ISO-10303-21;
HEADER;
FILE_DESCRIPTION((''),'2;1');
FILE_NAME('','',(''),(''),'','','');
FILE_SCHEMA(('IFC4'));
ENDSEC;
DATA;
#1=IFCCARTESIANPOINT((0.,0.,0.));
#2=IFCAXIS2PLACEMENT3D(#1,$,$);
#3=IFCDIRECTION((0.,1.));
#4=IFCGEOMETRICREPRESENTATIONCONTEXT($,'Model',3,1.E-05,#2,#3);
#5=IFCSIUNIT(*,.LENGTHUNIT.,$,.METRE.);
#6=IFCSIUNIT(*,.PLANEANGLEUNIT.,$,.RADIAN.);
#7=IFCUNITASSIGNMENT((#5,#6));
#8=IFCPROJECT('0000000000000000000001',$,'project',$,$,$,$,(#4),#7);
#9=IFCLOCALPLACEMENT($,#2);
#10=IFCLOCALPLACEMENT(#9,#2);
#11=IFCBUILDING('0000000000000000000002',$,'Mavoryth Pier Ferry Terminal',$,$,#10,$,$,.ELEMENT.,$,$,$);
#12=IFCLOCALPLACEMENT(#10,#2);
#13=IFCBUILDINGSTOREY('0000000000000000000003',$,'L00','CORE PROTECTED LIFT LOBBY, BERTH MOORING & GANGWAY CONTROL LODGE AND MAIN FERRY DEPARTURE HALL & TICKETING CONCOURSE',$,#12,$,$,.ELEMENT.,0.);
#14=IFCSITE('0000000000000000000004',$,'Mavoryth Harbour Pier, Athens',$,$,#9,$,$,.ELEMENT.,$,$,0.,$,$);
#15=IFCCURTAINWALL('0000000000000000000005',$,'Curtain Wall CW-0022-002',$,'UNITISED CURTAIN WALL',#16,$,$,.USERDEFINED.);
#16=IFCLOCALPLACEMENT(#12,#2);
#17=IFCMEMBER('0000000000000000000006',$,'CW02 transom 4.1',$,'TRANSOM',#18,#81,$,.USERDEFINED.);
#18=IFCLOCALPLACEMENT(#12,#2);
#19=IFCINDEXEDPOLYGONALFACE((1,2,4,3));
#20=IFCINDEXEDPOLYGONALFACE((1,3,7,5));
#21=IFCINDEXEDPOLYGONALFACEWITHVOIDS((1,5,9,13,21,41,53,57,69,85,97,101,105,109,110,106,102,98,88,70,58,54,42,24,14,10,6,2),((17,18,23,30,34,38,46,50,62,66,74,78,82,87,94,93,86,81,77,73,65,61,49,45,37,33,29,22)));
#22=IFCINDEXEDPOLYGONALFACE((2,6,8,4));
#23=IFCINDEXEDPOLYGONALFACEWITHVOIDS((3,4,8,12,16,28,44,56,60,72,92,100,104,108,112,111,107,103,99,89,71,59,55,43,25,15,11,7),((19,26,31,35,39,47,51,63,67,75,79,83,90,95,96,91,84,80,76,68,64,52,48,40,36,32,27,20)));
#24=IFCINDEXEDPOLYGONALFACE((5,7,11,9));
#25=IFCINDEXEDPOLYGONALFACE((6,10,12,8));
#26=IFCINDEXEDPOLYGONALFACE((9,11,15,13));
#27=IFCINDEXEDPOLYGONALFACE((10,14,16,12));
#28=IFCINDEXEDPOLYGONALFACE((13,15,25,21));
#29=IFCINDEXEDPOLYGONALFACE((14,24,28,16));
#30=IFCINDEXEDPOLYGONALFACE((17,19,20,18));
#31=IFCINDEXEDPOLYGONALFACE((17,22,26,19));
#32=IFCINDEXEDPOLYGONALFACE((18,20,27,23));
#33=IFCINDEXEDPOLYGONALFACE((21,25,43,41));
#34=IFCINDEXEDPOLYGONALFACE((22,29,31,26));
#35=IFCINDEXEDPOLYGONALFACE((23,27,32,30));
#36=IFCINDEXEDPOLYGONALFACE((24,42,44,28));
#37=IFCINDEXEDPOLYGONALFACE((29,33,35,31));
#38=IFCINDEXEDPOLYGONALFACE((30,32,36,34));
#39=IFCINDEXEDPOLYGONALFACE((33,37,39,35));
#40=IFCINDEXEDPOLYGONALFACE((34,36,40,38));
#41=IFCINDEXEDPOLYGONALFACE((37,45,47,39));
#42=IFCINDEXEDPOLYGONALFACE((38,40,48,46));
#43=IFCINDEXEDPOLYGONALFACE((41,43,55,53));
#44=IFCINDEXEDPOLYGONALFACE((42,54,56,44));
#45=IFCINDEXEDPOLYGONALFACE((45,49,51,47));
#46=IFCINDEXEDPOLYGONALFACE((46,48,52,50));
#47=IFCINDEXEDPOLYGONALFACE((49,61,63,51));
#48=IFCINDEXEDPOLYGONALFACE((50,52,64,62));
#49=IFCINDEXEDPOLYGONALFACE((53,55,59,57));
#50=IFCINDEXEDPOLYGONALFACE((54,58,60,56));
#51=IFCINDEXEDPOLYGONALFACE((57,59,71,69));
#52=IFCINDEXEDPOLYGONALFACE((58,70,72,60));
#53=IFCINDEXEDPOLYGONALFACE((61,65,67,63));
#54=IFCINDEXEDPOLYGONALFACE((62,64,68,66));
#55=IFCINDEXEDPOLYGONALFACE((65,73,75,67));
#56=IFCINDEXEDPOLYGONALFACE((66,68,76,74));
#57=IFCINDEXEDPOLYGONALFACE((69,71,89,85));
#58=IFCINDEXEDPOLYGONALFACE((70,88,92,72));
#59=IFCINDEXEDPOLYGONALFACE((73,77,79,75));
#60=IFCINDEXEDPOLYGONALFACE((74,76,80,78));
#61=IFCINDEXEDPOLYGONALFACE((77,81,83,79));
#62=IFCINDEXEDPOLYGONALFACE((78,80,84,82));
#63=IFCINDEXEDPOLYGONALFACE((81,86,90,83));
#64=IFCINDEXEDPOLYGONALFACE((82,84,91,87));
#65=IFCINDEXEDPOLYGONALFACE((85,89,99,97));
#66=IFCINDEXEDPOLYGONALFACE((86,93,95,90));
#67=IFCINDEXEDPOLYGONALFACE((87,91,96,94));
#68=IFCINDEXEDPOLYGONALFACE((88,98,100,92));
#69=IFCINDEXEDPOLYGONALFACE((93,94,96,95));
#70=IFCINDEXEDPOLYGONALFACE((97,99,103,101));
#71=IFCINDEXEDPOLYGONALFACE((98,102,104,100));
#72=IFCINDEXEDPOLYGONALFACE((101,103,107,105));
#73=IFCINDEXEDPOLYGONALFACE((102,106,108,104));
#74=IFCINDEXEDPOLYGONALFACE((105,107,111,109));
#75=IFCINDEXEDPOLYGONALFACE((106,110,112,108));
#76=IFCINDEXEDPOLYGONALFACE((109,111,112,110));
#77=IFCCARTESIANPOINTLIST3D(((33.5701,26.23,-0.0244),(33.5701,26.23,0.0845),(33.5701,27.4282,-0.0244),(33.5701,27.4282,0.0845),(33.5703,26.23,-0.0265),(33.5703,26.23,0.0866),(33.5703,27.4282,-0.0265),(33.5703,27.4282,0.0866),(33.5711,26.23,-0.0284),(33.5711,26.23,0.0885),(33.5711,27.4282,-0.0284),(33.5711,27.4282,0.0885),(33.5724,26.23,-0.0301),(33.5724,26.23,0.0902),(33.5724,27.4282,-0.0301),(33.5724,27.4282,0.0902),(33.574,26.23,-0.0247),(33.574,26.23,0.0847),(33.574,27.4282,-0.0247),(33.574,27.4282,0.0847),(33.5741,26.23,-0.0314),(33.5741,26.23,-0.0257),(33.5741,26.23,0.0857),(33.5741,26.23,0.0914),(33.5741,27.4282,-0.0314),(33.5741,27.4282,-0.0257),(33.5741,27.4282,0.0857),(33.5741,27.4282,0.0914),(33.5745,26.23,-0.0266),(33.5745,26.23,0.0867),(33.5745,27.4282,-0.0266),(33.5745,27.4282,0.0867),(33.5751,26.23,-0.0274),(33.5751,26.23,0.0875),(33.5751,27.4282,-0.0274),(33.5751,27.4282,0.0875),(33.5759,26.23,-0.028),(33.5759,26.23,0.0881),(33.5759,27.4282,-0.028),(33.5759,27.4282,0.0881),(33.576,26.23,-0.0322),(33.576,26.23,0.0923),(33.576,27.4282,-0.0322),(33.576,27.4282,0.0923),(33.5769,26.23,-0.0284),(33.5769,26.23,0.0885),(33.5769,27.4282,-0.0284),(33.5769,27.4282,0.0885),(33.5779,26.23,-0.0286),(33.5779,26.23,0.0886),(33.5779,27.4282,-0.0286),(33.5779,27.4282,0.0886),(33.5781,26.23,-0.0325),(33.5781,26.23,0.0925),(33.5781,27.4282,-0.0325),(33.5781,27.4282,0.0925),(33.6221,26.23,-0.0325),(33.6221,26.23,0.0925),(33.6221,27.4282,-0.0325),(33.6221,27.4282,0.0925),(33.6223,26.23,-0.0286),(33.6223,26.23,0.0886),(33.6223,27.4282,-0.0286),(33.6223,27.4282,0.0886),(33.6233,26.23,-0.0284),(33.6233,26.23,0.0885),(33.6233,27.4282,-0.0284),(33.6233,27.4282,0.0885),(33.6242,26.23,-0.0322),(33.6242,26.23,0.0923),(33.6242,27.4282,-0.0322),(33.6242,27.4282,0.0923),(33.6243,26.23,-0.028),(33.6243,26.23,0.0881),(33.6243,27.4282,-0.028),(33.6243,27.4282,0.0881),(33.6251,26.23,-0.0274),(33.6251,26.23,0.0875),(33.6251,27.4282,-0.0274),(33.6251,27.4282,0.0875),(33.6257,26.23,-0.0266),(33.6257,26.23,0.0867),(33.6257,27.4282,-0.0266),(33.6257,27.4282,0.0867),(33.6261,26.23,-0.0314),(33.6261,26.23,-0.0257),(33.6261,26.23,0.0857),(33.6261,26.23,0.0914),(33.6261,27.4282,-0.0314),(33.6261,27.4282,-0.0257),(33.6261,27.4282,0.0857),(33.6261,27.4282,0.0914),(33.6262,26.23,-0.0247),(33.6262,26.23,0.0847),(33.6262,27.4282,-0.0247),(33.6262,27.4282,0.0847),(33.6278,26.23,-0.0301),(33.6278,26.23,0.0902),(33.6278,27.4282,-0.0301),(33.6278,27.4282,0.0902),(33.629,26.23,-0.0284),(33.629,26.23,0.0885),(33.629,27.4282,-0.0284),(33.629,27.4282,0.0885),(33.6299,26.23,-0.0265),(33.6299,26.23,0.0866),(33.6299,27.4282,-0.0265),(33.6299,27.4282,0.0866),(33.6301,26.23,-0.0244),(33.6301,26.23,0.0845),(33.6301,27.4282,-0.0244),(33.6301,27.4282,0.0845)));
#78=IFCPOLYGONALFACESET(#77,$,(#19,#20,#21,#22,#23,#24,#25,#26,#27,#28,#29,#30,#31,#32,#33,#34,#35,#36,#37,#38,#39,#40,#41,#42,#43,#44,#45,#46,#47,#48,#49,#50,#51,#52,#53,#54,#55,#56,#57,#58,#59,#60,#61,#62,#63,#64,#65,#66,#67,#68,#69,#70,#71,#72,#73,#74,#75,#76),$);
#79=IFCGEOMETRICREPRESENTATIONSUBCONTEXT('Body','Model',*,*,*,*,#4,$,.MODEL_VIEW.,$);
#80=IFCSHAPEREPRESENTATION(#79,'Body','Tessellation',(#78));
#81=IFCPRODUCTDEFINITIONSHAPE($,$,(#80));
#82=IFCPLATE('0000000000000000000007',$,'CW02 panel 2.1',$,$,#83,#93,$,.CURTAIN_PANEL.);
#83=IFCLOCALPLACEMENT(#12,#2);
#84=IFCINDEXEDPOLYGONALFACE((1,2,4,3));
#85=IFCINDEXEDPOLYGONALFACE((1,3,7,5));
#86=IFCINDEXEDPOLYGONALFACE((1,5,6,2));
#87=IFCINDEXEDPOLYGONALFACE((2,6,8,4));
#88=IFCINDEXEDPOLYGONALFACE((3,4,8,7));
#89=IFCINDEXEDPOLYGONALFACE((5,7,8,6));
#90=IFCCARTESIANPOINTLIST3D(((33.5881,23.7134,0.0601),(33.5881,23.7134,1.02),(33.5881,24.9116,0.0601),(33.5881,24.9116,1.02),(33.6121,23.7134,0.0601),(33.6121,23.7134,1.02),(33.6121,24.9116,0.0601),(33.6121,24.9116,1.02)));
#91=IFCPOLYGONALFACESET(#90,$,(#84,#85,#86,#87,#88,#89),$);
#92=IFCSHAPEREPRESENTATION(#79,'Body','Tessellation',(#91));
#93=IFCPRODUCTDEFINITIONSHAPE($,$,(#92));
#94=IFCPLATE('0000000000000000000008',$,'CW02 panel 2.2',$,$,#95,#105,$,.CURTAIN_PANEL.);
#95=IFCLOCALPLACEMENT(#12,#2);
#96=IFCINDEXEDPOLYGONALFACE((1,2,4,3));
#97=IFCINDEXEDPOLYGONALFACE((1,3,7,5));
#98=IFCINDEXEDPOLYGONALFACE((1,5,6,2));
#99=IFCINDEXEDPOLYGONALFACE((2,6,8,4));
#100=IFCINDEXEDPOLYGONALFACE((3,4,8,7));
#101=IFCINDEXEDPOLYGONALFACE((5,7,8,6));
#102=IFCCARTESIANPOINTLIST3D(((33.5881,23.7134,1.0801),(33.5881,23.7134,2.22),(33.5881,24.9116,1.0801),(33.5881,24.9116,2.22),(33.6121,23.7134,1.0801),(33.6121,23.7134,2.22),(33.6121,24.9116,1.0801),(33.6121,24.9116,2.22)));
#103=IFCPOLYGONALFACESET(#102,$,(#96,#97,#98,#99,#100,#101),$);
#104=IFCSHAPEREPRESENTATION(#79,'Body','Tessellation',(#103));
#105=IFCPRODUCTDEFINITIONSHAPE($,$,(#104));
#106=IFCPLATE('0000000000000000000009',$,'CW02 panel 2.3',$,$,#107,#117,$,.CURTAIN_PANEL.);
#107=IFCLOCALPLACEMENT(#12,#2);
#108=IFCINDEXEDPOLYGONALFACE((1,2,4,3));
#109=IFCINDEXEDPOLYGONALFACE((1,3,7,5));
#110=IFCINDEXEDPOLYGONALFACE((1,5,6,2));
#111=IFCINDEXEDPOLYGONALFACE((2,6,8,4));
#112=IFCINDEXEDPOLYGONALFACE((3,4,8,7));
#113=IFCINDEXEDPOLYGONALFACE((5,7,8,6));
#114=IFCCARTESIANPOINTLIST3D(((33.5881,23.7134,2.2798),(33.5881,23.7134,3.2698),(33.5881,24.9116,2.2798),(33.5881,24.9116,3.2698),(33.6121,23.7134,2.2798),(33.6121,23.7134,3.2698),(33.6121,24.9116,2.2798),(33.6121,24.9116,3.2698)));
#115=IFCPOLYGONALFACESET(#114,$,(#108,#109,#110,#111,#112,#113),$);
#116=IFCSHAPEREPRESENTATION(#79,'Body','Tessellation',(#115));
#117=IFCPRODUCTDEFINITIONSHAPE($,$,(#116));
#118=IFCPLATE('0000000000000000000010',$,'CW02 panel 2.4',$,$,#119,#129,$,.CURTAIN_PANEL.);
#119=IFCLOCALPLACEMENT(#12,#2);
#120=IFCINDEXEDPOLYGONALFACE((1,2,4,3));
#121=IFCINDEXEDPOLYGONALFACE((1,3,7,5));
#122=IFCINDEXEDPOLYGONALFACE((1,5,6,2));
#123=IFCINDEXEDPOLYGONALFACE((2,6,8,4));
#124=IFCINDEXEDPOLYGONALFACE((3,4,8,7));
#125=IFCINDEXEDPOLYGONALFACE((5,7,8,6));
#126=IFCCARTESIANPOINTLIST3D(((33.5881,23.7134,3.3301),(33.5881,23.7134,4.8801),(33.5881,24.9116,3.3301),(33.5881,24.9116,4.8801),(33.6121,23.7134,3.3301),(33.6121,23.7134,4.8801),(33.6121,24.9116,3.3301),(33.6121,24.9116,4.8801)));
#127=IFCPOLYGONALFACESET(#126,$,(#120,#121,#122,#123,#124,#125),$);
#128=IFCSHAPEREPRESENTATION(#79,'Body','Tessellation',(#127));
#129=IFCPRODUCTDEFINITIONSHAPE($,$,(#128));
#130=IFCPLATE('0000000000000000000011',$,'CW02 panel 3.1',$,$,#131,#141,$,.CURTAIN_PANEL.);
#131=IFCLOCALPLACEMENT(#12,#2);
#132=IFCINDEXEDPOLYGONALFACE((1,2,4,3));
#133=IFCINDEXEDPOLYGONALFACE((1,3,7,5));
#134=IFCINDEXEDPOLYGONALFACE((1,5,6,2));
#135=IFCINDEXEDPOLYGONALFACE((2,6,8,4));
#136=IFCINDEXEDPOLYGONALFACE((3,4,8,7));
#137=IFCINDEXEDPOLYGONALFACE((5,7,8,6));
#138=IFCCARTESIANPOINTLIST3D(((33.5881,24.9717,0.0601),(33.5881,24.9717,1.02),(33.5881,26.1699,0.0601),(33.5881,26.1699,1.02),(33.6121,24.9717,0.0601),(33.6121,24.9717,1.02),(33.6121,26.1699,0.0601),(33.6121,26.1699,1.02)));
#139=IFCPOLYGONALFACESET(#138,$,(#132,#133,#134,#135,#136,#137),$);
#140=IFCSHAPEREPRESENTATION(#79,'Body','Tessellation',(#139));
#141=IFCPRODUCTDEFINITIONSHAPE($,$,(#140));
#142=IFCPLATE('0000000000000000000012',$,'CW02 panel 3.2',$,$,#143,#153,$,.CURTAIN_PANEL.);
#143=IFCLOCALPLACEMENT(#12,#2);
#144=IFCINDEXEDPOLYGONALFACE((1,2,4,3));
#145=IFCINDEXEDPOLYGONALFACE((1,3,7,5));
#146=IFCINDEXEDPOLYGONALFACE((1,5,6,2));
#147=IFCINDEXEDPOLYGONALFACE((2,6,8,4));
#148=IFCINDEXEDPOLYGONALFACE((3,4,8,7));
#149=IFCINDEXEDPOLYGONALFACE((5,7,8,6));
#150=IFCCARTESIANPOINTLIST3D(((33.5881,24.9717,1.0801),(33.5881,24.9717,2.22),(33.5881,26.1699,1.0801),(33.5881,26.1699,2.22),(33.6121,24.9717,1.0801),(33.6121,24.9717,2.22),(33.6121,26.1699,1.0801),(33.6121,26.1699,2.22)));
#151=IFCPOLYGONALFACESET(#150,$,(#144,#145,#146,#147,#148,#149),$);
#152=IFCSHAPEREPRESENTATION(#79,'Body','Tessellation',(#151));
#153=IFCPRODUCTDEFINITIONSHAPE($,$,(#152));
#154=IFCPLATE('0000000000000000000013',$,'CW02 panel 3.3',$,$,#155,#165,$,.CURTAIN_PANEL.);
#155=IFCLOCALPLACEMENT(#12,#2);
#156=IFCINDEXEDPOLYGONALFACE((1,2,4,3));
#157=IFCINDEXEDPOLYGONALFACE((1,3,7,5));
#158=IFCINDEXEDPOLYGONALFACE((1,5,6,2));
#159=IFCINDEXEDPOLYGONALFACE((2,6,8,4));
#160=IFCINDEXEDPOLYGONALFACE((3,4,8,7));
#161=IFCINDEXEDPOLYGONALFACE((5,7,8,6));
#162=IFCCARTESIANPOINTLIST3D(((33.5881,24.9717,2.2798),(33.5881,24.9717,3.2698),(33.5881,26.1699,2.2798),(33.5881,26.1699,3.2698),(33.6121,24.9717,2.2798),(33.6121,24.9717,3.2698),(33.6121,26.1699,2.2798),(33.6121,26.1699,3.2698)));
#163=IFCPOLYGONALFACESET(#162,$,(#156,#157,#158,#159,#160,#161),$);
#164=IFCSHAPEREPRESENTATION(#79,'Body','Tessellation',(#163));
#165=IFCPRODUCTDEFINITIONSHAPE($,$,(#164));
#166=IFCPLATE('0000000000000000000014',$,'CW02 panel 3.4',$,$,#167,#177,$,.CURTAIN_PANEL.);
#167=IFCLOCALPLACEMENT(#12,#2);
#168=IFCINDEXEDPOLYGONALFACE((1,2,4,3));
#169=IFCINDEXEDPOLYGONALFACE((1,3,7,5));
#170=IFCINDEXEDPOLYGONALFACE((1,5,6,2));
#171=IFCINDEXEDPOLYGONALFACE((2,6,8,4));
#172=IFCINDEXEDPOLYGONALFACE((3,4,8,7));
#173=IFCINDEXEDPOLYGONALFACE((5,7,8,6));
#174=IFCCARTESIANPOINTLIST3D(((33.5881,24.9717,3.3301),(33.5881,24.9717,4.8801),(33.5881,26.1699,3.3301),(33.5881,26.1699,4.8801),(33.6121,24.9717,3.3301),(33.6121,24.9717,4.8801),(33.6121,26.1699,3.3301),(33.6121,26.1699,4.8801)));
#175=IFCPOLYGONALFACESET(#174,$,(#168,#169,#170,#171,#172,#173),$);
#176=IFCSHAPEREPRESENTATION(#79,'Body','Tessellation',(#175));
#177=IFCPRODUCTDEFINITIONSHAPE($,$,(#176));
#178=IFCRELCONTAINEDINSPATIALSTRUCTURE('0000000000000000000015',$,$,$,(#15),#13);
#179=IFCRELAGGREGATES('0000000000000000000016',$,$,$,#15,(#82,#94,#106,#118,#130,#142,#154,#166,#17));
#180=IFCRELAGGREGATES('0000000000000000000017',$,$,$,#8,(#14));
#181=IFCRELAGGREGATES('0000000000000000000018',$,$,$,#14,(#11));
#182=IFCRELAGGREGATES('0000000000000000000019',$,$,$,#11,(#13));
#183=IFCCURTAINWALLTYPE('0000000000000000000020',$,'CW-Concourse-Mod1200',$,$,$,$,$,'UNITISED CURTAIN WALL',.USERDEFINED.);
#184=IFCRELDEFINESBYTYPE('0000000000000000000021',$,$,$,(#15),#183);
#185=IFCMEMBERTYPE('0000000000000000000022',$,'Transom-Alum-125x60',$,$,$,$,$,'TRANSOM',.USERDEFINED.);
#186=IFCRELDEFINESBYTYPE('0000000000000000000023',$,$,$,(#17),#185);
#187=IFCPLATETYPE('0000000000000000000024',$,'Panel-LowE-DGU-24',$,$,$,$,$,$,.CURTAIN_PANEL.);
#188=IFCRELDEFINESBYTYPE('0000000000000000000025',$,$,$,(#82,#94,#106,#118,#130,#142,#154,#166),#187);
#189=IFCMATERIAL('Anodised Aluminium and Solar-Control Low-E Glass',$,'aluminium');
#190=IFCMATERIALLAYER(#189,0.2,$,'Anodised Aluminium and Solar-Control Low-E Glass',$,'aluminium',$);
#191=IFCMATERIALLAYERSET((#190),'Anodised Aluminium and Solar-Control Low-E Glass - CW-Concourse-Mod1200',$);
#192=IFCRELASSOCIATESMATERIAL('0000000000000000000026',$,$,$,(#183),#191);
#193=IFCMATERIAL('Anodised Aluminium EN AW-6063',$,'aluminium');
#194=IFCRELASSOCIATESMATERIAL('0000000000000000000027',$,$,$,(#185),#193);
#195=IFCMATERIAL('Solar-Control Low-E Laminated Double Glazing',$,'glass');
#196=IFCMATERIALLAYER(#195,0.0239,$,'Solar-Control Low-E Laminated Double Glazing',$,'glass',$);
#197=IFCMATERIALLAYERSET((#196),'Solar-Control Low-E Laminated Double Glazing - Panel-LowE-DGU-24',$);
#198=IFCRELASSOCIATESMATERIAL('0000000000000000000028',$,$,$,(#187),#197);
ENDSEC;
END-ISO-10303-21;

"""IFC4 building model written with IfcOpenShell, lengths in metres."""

from ifc_helpers import new_model, si_unit, direction, frame, origin, origin_2d, place, context, subcontext, project, spatial, rectangle, hollow_rectangle, extrude, material, layer, layer_set, material_profile, profile_set, type_object, element, aggregate, save


model = new_model("IFC4")

# Units and contexts
model_context = context("Model", 3, precision=1e-05, world=origin(), true_north=direction((0.0, 1.0)))
body_context = subcontext(model_context, "Body", "Model", "MODEL_VIEW")
ifc_project = project(units=[si_unit("LENGTHUNIT", "METRE"), si_unit("PLANEANGLEUNIT", "RADIAN")], contexts=[model_context])

# Site, building, storey
site_placement = place(None, origin())
site = spatial("IfcSite", under=ifc_project, at=site_placement, Name="Mavoryth Harbour Pier, Athens", CompositionType="ELEMENT", RefElevation=0.0)
building_placement = place(site_placement, origin())
building = spatial("IfcBuilding", under=site, at=building_placement, Name="Mavoryth Pier Ferry Terminal", CompositionType="ELEMENT")
storey_placement = place(building_placement, origin())
storey = spatial("IfcBuildingStorey", under=building, at=storey_placement, Name="L00", Description="CORE PROTECTED LIFT LOBBY, BERTH MOORING & GANGWAY CONTROL LODGE AND MAIN FERRY DEPARTURE HALL & TICKETING CONCOURSE", CompositionType="ELEMENT", Elevation=0.0)

# Curtain wall, member, plates
ifc_material_1 = material(Name="Anodised Aluminium and Solar-Control Low-E Glass", Category="aluminium")
ifc_layer_1 = layer(ifc_material_1, 0.2, Name="Anodised Aluminium and Solar-Control Low-E Glass", Category="aluminium")
ifc_layer_set_1 = layer_set([ifc_layer_1], Name="Anodised Aluminium and Solar-Control Low-E Glass - CW-Concourse-Mod1200")
curtain_wall_type = type_object("IfcCurtainWallType", Name="CW-Concourse-Mod1200", ElementType="UNITISED CURTAIN WALL", PredefinedType="USERDEFINED", material=ifc_layer_set_1)
curtain_wall_placement = place(storey_placement, origin())
curtain_wall = element("IfcCurtainWall", 1, at=curtain_wall_placement, inside=storey, type_object=curtain_wall_type, Name="Curtain Wall CW-0022-002", ObjectType="UNITISED CURTAIN WALL", PredefinedType="USERDEFINED")
ifc_material_2 = material(Name="Anodised Aluminium EN AW-6063", Category="aluminium")
ifc_material_profile_1 = material_profile(ifc_material_2, hollow_rectangle(XDim=0.0601, YDim=0.125, WallThickness=0.0039, InnerFilletRadius=0.0039, OuterFilletRadius=0.0081, at=origin_2d()), Name="AL-TRAN 125x60x4", Category="aluminium")
ifc_profile_set_1 = profile_set([ifc_material_profile_1], Name="Anodised Aluminium EN AW-6063 - AL-TRAN 125x60x4")
member_type_1 = type_object("IfcMemberType", Name="Transom-Alum-125x60", ElementType="TRANSOM", PredefinedType="USERDEFINED", material=ifc_profile_set_1)
member_1_placement = place(storey_placement, frame((33.6001, 26.23, 0.03), z_axis=(0.0, 1.0, 0.0), x_axis=(-1.0, 0.0, 0.0)))
member_1 = element("IfcMember", 2, at=member_1_placement, type_object=member_type_1, Name="CW02 transom 4.1", ObjectType="TRANSOM", PredefinedType="USERDEFINED", context=body_context, shape_type="SweptSolid", body=[
    extrude(hollow_rectangle(XDim=0.0601, YDim=0.125, WallThickness=0.0039, InnerFilletRadius=0.0039, OuterFilletRadius=0.0081, at=origin_2d()), origin(), (0.0, 0.0, 1.0), 1.1982),
])
ifc_material_3 = material(Name="Solar-Control Low-E Laminated Double Glazing", Category="glass")
ifc_layer_2 = layer(ifc_material_3, 0.0239, Name="Solar-Control Low-E Laminated Double Glazing", Category="glass")
ifc_layer_set_2 = layer_set([ifc_layer_2], Name="Solar-Control Low-E Laminated Double Glazing - Panel-LowE-DGU-24")
plate_type = type_object("IfcPlateType", Name="Panel-LowE-DGU-24", PredefinedType="CURTAIN_PANEL", material=ifc_layer_set_2)
plate_1_placement = place(storey_placement, frame((33.6001, 24.3125, 0.0601), z_axis=(0.0, 0.0, 1.0), x_axis=(0.0, 1.0, 0.0)))
plate_1 = element("IfcPlate", 3, at=plate_1_placement, type_object=plate_type, Name="CW02 panel 2.1", PredefinedType="CURTAIN_PANEL", context=body_context, shape_type="SweptSolid", body=[
    extrude(rectangle(XDim=1.1982, YDim=0.0239, at=origin_2d()), origin(), (0.0, 0.0, 1.0), 0.96),
])
plate_2_placement = place(storey_placement, frame((33.6001, 24.3125, 1.0801), z_axis=(0.0, 0.0, 1.0), x_axis=(0.0, 1.0, 0.0)))
plate_2 = element("IfcPlate", 4, at=plate_2_placement, type_object=plate_type, Name="CW02 panel 2.2", PredefinedType="CURTAIN_PANEL", context=body_context, shape_type="SweptSolid", body=[
    extrude(rectangle(XDim=1.1982, YDim=0.0239, at=origin_2d()), origin(), (0.0, 0.0, 1.0), 1.1399),
])
plate_3_placement = place(storey_placement, frame((33.6001, 24.3125, 2.2798), z_axis=(0.0, 0.0, 1.0), x_axis=(0.0, 1.0, 0.0)))
plate_3 = element("IfcPlate", 5, at=plate_3_placement, type_object=plate_type, Name="CW02 panel 2.3", PredefinedType="CURTAIN_PANEL", context=body_context, shape_type="SweptSolid", body=[
    extrude(rectangle(XDim=1.1982, YDim=0.0239, at=origin_2d()), origin(), (0.0, 0.0, 1.0), 0.99),
])
plate_4_placement = place(storey_placement, frame((33.6001, 24.3125, 3.3301), z_axis=(0.0, 0.0, 1.0), x_axis=(0.0, 1.0, 0.0)))
plate_4 = element("IfcPlate", 6, at=plate_4_placement, type_object=plate_type, Name="CW02 panel 2.4", PredefinedType="CURTAIN_PANEL", context=body_context, shape_type="SweptSolid", body=[
    extrude(rectangle(XDim=1.1982, YDim=0.0239, at=origin_2d()), origin(), (0.0, 0.0, 1.0), 1.55),
])
plate_5_placement = place(storey_placement, frame((33.6001, 25.5708, 0.0601), z_axis=(0.0, 0.0, 1.0), x_axis=(0.0, 1.0, 0.0)))
plate_5 = element("IfcPlate", 7, at=plate_5_placement, type_object=plate_type, Name="CW02 panel 3.1", PredefinedType="CURTAIN_PANEL", context=body_context, shape_type="SweptSolid", body=[
    extrude(rectangle(XDim=1.1982, YDim=0.0239, at=origin_2d()), origin(), (0.0, 0.0, 1.0), 0.96),
])
plate_6_placement = place(storey_placement, frame((33.6001, 25.5708, 1.0801), z_axis=(0.0, 0.0, 1.0), x_axis=(0.0, 1.0, 0.0)))
plate_6 = element("IfcPlate", 8, at=plate_6_placement, type_object=plate_type, Name="CW02 panel 3.2", PredefinedType="CURTAIN_PANEL", context=body_context, shape_type="SweptSolid", body=[
    extrude(rectangle(XDim=1.1982, YDim=0.0239, at=origin_2d()), origin(), (0.0, 0.0, 1.0), 1.1399),
])
plate_7_placement = place(storey_placement, frame((33.6001, 25.5708, 2.2798), z_axis=(0.0, 0.0, 1.0), x_axis=(0.0, 1.0, 0.0)))
plate_7 = element("IfcPlate", 9, at=plate_7_placement, type_object=plate_type, Name="CW02 panel 3.3", PredefinedType="CURTAIN_PANEL", context=body_context, shape_type="SweptSolid", body=[
    extrude(rectangle(XDim=1.1982, YDim=0.0239, at=origin_2d()), origin(), (0.0, 0.0, 1.0), 0.99),
])
plate_8_placement = place(storey_placement, frame((33.6001, 25.5708, 3.3301), z_axis=(0.0, 0.0, 1.0), x_axis=(0.0, 1.0, 0.0)))
plate_8 = element("IfcPlate", 10, at=plate_8_placement, type_object=plate_type, Name="CW02 panel 3.4", PredefinedType="CURTAIN_PANEL", context=body_context, shape_type="SweptSolid", body=[
    extrude(rectangle(XDim=1.1982, YDim=0.0239, at=origin_2d()), origin(), (0.0, 0.0, 1.0), 1.55),
])
aggregate(curtain_wall, [plate_1, plate_2, plate_3, plate_4, plate_5, plate_6, plate_7, plate_8, member_1])

save(model, "model.ifc")
